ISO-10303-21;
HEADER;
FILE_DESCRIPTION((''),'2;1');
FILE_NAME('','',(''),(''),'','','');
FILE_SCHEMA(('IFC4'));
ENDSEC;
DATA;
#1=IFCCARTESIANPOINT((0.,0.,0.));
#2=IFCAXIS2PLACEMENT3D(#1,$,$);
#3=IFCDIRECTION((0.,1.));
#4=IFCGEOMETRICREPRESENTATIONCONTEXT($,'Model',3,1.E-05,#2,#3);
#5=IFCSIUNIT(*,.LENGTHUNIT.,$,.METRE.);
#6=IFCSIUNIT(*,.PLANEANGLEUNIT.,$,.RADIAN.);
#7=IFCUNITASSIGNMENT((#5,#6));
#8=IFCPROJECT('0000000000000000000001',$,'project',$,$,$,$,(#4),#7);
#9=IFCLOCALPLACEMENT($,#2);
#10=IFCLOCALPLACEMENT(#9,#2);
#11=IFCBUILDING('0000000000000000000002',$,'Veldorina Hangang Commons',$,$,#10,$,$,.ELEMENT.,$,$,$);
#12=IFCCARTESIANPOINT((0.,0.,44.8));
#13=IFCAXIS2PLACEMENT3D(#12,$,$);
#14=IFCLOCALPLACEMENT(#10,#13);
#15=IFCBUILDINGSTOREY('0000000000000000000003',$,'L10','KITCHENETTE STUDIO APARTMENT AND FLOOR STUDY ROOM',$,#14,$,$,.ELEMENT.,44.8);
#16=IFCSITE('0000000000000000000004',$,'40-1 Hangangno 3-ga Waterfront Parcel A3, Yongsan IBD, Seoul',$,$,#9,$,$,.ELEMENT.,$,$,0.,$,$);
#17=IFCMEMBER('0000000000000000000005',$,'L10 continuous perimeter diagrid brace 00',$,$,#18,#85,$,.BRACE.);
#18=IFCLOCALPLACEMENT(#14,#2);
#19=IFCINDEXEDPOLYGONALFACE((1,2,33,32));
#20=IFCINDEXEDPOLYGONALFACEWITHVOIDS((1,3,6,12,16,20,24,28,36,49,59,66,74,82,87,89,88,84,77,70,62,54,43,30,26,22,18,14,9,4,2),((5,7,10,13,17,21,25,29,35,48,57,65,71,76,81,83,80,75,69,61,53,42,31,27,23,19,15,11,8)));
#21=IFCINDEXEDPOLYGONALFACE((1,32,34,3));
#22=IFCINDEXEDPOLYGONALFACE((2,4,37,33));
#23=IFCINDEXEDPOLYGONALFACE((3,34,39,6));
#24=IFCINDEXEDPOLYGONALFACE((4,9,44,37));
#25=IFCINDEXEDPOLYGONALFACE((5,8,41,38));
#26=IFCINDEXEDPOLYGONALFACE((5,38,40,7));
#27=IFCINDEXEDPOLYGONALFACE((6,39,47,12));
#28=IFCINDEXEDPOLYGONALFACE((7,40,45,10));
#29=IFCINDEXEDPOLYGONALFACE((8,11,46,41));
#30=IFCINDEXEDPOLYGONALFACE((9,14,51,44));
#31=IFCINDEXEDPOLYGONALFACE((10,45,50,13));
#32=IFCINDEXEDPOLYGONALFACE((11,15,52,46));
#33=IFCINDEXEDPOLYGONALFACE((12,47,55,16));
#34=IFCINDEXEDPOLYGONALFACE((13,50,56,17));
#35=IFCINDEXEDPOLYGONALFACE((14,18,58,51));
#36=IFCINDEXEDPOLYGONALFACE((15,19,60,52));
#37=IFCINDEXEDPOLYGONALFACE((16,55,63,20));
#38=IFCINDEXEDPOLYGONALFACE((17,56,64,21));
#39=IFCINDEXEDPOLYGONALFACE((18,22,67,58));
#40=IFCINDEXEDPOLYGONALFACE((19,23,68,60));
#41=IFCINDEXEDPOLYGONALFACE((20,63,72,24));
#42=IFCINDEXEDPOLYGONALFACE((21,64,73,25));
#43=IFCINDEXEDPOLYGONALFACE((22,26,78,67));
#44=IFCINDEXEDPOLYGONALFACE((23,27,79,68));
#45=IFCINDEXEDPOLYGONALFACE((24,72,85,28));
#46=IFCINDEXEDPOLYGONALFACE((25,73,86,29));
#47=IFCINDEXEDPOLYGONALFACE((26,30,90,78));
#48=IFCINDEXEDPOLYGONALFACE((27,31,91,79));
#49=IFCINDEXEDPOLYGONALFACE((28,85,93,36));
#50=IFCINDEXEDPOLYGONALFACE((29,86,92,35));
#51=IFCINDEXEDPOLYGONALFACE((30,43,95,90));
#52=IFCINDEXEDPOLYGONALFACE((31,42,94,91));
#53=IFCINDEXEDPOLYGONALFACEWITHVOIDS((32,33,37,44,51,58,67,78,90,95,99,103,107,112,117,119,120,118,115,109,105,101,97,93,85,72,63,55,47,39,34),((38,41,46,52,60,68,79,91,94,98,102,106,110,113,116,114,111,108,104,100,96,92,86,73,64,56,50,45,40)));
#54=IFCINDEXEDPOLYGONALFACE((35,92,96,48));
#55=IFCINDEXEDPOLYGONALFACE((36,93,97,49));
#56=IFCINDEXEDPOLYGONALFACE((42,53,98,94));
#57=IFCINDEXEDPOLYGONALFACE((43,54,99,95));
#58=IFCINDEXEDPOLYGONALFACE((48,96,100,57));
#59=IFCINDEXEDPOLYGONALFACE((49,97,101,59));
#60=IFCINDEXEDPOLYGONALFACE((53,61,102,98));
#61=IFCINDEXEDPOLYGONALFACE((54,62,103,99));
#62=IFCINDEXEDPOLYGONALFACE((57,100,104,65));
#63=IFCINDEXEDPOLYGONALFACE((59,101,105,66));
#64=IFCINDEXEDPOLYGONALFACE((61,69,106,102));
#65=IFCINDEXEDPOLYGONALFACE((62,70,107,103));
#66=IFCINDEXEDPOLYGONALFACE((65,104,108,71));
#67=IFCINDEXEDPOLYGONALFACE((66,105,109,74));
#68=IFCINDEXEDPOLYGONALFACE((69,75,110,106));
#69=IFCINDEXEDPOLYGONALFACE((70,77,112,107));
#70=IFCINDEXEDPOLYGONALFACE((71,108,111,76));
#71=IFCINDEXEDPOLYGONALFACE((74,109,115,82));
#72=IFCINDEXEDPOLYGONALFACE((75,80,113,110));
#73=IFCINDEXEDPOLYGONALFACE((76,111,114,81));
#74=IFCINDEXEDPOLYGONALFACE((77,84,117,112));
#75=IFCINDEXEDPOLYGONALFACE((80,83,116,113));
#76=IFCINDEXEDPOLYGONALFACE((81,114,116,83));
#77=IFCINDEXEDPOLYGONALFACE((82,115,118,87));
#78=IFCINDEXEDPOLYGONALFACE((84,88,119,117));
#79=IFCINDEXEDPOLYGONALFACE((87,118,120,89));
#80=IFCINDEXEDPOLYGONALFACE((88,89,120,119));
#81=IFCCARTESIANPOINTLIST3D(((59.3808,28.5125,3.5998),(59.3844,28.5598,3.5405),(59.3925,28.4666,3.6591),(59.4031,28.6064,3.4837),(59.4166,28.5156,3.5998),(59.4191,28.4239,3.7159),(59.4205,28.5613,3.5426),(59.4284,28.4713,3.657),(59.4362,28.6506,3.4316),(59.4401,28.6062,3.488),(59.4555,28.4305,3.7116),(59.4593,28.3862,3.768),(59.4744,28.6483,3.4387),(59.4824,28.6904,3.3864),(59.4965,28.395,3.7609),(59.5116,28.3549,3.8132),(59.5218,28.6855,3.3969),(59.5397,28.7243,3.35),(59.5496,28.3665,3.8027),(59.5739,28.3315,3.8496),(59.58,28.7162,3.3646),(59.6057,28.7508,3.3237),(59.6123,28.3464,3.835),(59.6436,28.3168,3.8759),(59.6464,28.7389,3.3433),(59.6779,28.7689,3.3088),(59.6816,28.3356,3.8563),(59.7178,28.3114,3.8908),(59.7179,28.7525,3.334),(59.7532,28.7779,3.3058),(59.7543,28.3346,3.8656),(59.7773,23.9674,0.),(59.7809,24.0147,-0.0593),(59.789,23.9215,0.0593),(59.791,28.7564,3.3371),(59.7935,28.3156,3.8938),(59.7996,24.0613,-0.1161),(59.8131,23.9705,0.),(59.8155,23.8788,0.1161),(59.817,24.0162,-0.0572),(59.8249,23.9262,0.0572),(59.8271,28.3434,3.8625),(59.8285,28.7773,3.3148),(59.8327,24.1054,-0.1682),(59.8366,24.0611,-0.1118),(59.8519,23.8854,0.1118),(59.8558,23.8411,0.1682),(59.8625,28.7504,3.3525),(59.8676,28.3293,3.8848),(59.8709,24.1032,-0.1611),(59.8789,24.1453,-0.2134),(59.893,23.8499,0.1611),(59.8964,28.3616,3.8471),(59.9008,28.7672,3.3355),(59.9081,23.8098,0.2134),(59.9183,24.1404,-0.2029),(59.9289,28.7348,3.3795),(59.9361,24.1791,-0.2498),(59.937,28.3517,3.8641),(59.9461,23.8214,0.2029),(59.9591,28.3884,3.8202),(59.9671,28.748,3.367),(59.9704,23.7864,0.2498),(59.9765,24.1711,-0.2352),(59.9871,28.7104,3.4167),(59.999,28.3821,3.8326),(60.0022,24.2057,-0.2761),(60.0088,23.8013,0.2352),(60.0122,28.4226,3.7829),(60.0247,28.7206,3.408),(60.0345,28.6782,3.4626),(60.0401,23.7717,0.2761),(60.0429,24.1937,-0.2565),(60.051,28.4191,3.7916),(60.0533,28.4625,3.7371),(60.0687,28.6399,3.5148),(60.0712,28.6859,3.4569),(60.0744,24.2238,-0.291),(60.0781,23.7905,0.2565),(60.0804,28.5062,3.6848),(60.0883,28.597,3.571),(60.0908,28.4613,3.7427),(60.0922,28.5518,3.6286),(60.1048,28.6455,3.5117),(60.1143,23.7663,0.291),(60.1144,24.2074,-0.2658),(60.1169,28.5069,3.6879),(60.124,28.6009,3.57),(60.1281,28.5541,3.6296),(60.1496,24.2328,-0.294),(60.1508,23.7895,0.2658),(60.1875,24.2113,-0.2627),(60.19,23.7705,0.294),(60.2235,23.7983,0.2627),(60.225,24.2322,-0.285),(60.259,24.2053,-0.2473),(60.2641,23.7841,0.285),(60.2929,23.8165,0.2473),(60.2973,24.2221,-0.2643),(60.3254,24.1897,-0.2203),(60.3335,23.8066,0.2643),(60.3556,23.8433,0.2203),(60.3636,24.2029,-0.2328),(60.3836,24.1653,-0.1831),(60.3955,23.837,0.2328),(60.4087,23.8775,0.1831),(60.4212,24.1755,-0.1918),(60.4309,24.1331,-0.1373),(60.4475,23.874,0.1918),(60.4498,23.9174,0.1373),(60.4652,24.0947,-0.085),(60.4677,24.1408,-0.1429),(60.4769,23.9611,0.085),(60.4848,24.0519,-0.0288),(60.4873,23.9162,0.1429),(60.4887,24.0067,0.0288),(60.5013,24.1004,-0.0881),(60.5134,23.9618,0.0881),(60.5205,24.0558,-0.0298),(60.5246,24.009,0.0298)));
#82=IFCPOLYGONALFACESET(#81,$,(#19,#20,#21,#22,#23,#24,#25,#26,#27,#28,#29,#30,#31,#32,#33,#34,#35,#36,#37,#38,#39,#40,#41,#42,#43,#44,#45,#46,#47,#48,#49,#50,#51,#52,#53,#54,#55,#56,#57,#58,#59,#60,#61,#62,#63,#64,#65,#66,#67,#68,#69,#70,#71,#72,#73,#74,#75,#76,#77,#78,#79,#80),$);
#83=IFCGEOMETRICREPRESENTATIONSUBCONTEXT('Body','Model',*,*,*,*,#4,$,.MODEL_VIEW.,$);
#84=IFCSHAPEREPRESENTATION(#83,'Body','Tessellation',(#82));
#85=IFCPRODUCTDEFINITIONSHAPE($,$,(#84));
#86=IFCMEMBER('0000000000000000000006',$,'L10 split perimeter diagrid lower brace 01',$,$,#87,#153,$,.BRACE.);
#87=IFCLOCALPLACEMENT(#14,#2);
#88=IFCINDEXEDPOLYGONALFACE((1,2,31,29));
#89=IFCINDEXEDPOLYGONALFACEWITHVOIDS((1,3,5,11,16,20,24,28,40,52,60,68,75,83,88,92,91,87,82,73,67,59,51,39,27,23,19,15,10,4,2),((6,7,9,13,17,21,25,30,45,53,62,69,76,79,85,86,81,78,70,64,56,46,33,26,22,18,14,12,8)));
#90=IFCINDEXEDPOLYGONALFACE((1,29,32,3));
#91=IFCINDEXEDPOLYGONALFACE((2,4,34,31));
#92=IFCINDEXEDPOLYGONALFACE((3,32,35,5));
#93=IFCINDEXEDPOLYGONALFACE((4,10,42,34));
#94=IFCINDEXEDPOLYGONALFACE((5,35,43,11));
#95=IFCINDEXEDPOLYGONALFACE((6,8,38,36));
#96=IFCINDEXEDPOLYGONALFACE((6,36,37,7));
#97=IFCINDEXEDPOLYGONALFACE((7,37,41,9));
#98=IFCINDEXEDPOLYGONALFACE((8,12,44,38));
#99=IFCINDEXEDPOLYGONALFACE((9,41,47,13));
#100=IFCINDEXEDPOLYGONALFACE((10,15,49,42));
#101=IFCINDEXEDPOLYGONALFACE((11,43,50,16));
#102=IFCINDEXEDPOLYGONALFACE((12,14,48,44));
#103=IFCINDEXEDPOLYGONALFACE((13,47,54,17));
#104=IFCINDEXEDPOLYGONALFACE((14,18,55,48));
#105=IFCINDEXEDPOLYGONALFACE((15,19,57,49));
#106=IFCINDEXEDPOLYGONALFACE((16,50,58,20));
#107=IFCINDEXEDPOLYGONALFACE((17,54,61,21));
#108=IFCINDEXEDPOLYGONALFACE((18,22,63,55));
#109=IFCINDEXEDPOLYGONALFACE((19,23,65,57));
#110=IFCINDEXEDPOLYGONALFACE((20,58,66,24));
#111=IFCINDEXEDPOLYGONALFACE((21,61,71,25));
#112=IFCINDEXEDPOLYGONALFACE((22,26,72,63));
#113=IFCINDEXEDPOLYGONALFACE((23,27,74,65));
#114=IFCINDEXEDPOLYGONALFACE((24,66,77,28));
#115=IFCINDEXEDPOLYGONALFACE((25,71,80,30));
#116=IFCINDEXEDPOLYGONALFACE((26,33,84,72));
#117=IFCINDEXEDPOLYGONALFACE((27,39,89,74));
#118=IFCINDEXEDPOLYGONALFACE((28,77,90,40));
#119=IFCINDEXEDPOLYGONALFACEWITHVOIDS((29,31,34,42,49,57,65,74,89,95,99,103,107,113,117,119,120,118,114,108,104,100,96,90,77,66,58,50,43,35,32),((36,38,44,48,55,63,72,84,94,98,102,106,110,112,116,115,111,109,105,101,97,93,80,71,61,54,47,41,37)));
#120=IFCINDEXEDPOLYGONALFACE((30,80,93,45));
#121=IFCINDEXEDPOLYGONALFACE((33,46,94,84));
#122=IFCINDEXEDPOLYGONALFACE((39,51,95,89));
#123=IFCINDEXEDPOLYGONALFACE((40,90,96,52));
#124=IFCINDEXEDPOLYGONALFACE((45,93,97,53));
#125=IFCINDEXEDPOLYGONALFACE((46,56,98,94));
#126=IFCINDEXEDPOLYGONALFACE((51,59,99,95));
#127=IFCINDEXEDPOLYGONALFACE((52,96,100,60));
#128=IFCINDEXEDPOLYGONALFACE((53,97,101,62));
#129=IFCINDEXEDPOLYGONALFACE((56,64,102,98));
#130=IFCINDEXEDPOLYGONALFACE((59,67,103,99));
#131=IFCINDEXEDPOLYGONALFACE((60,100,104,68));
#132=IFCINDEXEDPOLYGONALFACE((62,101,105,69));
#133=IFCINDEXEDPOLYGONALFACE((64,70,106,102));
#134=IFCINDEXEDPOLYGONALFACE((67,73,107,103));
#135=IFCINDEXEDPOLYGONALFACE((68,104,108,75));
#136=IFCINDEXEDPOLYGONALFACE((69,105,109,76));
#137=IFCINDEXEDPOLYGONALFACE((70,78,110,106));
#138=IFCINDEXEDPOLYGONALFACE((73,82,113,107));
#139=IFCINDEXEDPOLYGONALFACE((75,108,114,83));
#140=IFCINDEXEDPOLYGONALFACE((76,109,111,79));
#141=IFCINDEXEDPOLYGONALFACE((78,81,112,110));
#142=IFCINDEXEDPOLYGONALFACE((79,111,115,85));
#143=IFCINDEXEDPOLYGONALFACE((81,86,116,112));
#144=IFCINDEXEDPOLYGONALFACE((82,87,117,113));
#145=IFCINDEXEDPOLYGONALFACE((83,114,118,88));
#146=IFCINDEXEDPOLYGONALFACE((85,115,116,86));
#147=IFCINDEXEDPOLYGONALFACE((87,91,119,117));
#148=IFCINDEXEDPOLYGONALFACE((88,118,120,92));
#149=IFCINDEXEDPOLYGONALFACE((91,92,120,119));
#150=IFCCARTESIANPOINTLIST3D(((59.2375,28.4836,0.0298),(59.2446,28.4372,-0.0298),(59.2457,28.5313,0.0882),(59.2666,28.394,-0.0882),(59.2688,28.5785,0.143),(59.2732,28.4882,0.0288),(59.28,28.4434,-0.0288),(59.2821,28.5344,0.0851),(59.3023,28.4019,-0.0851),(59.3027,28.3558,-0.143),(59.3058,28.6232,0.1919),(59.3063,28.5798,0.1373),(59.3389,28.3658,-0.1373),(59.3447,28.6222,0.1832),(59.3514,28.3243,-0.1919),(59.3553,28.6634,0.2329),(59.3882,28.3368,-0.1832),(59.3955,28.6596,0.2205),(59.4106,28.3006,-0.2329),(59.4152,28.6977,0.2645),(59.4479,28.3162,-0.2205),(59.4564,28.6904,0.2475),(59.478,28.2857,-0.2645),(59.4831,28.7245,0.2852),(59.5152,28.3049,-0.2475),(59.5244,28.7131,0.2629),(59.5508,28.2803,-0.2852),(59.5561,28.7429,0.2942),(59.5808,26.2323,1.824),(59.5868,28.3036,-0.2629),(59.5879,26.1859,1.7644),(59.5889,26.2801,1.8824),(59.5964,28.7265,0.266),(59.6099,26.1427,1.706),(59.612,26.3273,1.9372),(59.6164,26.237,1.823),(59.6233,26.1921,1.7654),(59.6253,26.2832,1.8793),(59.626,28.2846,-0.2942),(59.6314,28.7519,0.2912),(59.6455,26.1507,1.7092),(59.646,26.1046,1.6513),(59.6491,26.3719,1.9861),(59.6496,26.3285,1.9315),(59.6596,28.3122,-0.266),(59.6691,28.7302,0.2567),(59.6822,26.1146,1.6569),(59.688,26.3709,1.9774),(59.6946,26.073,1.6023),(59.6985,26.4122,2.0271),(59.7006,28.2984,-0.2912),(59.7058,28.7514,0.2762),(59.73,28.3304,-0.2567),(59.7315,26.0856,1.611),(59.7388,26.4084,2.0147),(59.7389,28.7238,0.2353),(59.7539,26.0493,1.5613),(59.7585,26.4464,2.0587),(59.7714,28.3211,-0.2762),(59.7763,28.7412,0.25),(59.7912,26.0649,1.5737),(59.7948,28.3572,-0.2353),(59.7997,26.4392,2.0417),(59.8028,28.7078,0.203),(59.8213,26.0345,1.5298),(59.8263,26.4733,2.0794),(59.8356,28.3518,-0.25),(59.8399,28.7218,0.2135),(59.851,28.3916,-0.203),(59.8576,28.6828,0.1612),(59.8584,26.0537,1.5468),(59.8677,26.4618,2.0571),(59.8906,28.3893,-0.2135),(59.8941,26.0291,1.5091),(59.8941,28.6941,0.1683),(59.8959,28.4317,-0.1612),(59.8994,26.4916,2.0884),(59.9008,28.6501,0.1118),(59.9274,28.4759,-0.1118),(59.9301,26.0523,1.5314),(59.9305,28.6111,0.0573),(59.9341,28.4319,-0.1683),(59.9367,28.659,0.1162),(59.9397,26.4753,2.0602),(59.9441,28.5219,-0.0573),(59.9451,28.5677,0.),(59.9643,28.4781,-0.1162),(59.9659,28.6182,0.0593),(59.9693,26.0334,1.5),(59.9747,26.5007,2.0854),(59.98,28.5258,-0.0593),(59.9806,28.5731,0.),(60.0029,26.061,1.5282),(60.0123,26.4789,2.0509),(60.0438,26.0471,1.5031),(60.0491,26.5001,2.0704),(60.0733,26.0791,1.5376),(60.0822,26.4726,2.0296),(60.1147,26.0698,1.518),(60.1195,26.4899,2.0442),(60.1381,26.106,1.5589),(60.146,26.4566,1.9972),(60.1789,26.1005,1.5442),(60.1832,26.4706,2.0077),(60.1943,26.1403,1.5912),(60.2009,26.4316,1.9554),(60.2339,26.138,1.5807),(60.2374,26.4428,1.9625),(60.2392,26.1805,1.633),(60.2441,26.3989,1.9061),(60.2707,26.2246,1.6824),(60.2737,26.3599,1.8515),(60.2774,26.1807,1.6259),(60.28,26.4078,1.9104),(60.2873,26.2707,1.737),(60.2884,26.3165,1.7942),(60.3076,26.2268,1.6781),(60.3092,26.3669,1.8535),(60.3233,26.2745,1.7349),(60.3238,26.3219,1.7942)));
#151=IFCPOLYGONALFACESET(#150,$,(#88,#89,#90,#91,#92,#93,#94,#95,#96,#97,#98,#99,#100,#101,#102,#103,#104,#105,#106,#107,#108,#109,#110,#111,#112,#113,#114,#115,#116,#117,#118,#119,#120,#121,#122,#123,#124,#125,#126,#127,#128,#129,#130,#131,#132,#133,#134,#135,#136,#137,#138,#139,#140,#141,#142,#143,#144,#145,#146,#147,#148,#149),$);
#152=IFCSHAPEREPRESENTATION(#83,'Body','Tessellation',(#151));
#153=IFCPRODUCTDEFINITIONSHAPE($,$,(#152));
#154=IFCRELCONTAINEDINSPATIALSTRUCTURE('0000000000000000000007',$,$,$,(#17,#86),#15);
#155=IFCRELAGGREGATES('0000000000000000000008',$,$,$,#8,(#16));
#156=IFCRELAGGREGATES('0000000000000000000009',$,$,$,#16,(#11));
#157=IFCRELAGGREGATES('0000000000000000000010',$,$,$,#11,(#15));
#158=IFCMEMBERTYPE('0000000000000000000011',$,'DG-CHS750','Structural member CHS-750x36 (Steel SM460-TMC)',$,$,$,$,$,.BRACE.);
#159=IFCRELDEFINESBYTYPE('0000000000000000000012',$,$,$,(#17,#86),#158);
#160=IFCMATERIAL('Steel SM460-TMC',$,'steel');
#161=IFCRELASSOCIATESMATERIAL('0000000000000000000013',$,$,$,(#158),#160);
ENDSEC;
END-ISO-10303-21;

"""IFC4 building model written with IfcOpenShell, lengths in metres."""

from ifc_helpers import new_model, si_unit, direction, frame, origin, origin_2d, place, context, subcontext, project, spatial, hollow_circle, extrude, material, material_profile, profile_set, type_object, element, save


model = new_model("IFC4")

# Units and contexts
model_context = context("Model", 3, precision=1e-05, world=origin(), true_north=direction((0.0, 1.0)))
body_context = subcontext(model_context, "Body", "Model", "MODEL_VIEW")
ifc_project = project(units=[si_unit("LENGTHUNIT", "METRE"), si_unit("PLANEANGLEUNIT", "RADIAN")], contexts=[model_context])

# Site, building, storey
site_placement = place(None, origin())
site = spatial("IfcSite", under=ifc_project, at=site_placement, Name="40-1 Hangangno 3-ga Waterfront Parcel A3, Yongsan IBD, Seoul", CompositionType="ELEMENT", RefElevation=0.0)
building_placement = place(site_placement, origin())
building = spatial("IfcBuilding", under=site, at=building_placement, Name="Veldorina Hangang Commons", CompositionType="ELEMENT")
storey_placement = place(building_placement, frame((0.0, 0.0, 44.8)))
storey = spatial("IfcBuildingStorey", under=building, at=storey_placement, Name="L10", Description="KITCHENETTE STUDIO APARTMENT AND FLOOR STUDY ROOM", CompositionType="ELEMENT", Elevation=44.8)

# Shared definitions
ifc_material_1 = material(Name="Steel SM460-TMC", Category="steel")

# Members
ifc_material_profile_1 = material_profile(ifc_material_1, hollow_circle(Radius=0.375, WallThickness=0.0359, at=origin_2d()), Name="CHS-750x36")
ifc_profile_set_1 = profile_set([ifc_material_profile_1], Name="Steel SM460-TMC")
member_type = type_object("IfcMemberType", Name="DG-CHS750", Description="Structural member CHS-750x36 (Steel SM460-TMC)", PredefinedType="BRACE", material=ifc_profile_set_1)
member_1_placement = place(storey_placement, frame((60.1509, 24.0, 0.0), z_axis=(-0.068223, 0.782085, 0.619426), x_axis=(-0.996217, -0.086902, 0.0)))
element("IfcMember", 1, at=member_1_placement, inside=storey, type_object=member_type, Name="L10 continuous perimeter diagrid brace 00", PredefinedType="BRACE", context=body_context, shape_type="SweptSolid", body=[
    extrude(hollow_circle(Radius=0.375, WallThickness=0.0359, at=origin_2d()), origin(), (0.0, 0.0, 1.0), 5.8115),
])
member_2_placement = place(storey_placement, frame((59.6099, 28.5166, 0.0), z_axis=(0.118402, -0.776517, 0.618872), x_axis=(0.988574, 0.150736, 0.0)))
element("IfcMember", 2, at=member_2_placement, inside=storey, type_object=member_type, Name="L10 split perimeter diagrid lower brace 01", PredefinedType="BRACE", context=body_context, shape_type="SweptSolid", body=[
    extrude(hollow_circle(Radius=0.375, WallThickness=0.0359, at=origin_2d()), origin(), (0.0, 0.0, 1.0), 2.8992),
])

save(model, "model.ifc")
